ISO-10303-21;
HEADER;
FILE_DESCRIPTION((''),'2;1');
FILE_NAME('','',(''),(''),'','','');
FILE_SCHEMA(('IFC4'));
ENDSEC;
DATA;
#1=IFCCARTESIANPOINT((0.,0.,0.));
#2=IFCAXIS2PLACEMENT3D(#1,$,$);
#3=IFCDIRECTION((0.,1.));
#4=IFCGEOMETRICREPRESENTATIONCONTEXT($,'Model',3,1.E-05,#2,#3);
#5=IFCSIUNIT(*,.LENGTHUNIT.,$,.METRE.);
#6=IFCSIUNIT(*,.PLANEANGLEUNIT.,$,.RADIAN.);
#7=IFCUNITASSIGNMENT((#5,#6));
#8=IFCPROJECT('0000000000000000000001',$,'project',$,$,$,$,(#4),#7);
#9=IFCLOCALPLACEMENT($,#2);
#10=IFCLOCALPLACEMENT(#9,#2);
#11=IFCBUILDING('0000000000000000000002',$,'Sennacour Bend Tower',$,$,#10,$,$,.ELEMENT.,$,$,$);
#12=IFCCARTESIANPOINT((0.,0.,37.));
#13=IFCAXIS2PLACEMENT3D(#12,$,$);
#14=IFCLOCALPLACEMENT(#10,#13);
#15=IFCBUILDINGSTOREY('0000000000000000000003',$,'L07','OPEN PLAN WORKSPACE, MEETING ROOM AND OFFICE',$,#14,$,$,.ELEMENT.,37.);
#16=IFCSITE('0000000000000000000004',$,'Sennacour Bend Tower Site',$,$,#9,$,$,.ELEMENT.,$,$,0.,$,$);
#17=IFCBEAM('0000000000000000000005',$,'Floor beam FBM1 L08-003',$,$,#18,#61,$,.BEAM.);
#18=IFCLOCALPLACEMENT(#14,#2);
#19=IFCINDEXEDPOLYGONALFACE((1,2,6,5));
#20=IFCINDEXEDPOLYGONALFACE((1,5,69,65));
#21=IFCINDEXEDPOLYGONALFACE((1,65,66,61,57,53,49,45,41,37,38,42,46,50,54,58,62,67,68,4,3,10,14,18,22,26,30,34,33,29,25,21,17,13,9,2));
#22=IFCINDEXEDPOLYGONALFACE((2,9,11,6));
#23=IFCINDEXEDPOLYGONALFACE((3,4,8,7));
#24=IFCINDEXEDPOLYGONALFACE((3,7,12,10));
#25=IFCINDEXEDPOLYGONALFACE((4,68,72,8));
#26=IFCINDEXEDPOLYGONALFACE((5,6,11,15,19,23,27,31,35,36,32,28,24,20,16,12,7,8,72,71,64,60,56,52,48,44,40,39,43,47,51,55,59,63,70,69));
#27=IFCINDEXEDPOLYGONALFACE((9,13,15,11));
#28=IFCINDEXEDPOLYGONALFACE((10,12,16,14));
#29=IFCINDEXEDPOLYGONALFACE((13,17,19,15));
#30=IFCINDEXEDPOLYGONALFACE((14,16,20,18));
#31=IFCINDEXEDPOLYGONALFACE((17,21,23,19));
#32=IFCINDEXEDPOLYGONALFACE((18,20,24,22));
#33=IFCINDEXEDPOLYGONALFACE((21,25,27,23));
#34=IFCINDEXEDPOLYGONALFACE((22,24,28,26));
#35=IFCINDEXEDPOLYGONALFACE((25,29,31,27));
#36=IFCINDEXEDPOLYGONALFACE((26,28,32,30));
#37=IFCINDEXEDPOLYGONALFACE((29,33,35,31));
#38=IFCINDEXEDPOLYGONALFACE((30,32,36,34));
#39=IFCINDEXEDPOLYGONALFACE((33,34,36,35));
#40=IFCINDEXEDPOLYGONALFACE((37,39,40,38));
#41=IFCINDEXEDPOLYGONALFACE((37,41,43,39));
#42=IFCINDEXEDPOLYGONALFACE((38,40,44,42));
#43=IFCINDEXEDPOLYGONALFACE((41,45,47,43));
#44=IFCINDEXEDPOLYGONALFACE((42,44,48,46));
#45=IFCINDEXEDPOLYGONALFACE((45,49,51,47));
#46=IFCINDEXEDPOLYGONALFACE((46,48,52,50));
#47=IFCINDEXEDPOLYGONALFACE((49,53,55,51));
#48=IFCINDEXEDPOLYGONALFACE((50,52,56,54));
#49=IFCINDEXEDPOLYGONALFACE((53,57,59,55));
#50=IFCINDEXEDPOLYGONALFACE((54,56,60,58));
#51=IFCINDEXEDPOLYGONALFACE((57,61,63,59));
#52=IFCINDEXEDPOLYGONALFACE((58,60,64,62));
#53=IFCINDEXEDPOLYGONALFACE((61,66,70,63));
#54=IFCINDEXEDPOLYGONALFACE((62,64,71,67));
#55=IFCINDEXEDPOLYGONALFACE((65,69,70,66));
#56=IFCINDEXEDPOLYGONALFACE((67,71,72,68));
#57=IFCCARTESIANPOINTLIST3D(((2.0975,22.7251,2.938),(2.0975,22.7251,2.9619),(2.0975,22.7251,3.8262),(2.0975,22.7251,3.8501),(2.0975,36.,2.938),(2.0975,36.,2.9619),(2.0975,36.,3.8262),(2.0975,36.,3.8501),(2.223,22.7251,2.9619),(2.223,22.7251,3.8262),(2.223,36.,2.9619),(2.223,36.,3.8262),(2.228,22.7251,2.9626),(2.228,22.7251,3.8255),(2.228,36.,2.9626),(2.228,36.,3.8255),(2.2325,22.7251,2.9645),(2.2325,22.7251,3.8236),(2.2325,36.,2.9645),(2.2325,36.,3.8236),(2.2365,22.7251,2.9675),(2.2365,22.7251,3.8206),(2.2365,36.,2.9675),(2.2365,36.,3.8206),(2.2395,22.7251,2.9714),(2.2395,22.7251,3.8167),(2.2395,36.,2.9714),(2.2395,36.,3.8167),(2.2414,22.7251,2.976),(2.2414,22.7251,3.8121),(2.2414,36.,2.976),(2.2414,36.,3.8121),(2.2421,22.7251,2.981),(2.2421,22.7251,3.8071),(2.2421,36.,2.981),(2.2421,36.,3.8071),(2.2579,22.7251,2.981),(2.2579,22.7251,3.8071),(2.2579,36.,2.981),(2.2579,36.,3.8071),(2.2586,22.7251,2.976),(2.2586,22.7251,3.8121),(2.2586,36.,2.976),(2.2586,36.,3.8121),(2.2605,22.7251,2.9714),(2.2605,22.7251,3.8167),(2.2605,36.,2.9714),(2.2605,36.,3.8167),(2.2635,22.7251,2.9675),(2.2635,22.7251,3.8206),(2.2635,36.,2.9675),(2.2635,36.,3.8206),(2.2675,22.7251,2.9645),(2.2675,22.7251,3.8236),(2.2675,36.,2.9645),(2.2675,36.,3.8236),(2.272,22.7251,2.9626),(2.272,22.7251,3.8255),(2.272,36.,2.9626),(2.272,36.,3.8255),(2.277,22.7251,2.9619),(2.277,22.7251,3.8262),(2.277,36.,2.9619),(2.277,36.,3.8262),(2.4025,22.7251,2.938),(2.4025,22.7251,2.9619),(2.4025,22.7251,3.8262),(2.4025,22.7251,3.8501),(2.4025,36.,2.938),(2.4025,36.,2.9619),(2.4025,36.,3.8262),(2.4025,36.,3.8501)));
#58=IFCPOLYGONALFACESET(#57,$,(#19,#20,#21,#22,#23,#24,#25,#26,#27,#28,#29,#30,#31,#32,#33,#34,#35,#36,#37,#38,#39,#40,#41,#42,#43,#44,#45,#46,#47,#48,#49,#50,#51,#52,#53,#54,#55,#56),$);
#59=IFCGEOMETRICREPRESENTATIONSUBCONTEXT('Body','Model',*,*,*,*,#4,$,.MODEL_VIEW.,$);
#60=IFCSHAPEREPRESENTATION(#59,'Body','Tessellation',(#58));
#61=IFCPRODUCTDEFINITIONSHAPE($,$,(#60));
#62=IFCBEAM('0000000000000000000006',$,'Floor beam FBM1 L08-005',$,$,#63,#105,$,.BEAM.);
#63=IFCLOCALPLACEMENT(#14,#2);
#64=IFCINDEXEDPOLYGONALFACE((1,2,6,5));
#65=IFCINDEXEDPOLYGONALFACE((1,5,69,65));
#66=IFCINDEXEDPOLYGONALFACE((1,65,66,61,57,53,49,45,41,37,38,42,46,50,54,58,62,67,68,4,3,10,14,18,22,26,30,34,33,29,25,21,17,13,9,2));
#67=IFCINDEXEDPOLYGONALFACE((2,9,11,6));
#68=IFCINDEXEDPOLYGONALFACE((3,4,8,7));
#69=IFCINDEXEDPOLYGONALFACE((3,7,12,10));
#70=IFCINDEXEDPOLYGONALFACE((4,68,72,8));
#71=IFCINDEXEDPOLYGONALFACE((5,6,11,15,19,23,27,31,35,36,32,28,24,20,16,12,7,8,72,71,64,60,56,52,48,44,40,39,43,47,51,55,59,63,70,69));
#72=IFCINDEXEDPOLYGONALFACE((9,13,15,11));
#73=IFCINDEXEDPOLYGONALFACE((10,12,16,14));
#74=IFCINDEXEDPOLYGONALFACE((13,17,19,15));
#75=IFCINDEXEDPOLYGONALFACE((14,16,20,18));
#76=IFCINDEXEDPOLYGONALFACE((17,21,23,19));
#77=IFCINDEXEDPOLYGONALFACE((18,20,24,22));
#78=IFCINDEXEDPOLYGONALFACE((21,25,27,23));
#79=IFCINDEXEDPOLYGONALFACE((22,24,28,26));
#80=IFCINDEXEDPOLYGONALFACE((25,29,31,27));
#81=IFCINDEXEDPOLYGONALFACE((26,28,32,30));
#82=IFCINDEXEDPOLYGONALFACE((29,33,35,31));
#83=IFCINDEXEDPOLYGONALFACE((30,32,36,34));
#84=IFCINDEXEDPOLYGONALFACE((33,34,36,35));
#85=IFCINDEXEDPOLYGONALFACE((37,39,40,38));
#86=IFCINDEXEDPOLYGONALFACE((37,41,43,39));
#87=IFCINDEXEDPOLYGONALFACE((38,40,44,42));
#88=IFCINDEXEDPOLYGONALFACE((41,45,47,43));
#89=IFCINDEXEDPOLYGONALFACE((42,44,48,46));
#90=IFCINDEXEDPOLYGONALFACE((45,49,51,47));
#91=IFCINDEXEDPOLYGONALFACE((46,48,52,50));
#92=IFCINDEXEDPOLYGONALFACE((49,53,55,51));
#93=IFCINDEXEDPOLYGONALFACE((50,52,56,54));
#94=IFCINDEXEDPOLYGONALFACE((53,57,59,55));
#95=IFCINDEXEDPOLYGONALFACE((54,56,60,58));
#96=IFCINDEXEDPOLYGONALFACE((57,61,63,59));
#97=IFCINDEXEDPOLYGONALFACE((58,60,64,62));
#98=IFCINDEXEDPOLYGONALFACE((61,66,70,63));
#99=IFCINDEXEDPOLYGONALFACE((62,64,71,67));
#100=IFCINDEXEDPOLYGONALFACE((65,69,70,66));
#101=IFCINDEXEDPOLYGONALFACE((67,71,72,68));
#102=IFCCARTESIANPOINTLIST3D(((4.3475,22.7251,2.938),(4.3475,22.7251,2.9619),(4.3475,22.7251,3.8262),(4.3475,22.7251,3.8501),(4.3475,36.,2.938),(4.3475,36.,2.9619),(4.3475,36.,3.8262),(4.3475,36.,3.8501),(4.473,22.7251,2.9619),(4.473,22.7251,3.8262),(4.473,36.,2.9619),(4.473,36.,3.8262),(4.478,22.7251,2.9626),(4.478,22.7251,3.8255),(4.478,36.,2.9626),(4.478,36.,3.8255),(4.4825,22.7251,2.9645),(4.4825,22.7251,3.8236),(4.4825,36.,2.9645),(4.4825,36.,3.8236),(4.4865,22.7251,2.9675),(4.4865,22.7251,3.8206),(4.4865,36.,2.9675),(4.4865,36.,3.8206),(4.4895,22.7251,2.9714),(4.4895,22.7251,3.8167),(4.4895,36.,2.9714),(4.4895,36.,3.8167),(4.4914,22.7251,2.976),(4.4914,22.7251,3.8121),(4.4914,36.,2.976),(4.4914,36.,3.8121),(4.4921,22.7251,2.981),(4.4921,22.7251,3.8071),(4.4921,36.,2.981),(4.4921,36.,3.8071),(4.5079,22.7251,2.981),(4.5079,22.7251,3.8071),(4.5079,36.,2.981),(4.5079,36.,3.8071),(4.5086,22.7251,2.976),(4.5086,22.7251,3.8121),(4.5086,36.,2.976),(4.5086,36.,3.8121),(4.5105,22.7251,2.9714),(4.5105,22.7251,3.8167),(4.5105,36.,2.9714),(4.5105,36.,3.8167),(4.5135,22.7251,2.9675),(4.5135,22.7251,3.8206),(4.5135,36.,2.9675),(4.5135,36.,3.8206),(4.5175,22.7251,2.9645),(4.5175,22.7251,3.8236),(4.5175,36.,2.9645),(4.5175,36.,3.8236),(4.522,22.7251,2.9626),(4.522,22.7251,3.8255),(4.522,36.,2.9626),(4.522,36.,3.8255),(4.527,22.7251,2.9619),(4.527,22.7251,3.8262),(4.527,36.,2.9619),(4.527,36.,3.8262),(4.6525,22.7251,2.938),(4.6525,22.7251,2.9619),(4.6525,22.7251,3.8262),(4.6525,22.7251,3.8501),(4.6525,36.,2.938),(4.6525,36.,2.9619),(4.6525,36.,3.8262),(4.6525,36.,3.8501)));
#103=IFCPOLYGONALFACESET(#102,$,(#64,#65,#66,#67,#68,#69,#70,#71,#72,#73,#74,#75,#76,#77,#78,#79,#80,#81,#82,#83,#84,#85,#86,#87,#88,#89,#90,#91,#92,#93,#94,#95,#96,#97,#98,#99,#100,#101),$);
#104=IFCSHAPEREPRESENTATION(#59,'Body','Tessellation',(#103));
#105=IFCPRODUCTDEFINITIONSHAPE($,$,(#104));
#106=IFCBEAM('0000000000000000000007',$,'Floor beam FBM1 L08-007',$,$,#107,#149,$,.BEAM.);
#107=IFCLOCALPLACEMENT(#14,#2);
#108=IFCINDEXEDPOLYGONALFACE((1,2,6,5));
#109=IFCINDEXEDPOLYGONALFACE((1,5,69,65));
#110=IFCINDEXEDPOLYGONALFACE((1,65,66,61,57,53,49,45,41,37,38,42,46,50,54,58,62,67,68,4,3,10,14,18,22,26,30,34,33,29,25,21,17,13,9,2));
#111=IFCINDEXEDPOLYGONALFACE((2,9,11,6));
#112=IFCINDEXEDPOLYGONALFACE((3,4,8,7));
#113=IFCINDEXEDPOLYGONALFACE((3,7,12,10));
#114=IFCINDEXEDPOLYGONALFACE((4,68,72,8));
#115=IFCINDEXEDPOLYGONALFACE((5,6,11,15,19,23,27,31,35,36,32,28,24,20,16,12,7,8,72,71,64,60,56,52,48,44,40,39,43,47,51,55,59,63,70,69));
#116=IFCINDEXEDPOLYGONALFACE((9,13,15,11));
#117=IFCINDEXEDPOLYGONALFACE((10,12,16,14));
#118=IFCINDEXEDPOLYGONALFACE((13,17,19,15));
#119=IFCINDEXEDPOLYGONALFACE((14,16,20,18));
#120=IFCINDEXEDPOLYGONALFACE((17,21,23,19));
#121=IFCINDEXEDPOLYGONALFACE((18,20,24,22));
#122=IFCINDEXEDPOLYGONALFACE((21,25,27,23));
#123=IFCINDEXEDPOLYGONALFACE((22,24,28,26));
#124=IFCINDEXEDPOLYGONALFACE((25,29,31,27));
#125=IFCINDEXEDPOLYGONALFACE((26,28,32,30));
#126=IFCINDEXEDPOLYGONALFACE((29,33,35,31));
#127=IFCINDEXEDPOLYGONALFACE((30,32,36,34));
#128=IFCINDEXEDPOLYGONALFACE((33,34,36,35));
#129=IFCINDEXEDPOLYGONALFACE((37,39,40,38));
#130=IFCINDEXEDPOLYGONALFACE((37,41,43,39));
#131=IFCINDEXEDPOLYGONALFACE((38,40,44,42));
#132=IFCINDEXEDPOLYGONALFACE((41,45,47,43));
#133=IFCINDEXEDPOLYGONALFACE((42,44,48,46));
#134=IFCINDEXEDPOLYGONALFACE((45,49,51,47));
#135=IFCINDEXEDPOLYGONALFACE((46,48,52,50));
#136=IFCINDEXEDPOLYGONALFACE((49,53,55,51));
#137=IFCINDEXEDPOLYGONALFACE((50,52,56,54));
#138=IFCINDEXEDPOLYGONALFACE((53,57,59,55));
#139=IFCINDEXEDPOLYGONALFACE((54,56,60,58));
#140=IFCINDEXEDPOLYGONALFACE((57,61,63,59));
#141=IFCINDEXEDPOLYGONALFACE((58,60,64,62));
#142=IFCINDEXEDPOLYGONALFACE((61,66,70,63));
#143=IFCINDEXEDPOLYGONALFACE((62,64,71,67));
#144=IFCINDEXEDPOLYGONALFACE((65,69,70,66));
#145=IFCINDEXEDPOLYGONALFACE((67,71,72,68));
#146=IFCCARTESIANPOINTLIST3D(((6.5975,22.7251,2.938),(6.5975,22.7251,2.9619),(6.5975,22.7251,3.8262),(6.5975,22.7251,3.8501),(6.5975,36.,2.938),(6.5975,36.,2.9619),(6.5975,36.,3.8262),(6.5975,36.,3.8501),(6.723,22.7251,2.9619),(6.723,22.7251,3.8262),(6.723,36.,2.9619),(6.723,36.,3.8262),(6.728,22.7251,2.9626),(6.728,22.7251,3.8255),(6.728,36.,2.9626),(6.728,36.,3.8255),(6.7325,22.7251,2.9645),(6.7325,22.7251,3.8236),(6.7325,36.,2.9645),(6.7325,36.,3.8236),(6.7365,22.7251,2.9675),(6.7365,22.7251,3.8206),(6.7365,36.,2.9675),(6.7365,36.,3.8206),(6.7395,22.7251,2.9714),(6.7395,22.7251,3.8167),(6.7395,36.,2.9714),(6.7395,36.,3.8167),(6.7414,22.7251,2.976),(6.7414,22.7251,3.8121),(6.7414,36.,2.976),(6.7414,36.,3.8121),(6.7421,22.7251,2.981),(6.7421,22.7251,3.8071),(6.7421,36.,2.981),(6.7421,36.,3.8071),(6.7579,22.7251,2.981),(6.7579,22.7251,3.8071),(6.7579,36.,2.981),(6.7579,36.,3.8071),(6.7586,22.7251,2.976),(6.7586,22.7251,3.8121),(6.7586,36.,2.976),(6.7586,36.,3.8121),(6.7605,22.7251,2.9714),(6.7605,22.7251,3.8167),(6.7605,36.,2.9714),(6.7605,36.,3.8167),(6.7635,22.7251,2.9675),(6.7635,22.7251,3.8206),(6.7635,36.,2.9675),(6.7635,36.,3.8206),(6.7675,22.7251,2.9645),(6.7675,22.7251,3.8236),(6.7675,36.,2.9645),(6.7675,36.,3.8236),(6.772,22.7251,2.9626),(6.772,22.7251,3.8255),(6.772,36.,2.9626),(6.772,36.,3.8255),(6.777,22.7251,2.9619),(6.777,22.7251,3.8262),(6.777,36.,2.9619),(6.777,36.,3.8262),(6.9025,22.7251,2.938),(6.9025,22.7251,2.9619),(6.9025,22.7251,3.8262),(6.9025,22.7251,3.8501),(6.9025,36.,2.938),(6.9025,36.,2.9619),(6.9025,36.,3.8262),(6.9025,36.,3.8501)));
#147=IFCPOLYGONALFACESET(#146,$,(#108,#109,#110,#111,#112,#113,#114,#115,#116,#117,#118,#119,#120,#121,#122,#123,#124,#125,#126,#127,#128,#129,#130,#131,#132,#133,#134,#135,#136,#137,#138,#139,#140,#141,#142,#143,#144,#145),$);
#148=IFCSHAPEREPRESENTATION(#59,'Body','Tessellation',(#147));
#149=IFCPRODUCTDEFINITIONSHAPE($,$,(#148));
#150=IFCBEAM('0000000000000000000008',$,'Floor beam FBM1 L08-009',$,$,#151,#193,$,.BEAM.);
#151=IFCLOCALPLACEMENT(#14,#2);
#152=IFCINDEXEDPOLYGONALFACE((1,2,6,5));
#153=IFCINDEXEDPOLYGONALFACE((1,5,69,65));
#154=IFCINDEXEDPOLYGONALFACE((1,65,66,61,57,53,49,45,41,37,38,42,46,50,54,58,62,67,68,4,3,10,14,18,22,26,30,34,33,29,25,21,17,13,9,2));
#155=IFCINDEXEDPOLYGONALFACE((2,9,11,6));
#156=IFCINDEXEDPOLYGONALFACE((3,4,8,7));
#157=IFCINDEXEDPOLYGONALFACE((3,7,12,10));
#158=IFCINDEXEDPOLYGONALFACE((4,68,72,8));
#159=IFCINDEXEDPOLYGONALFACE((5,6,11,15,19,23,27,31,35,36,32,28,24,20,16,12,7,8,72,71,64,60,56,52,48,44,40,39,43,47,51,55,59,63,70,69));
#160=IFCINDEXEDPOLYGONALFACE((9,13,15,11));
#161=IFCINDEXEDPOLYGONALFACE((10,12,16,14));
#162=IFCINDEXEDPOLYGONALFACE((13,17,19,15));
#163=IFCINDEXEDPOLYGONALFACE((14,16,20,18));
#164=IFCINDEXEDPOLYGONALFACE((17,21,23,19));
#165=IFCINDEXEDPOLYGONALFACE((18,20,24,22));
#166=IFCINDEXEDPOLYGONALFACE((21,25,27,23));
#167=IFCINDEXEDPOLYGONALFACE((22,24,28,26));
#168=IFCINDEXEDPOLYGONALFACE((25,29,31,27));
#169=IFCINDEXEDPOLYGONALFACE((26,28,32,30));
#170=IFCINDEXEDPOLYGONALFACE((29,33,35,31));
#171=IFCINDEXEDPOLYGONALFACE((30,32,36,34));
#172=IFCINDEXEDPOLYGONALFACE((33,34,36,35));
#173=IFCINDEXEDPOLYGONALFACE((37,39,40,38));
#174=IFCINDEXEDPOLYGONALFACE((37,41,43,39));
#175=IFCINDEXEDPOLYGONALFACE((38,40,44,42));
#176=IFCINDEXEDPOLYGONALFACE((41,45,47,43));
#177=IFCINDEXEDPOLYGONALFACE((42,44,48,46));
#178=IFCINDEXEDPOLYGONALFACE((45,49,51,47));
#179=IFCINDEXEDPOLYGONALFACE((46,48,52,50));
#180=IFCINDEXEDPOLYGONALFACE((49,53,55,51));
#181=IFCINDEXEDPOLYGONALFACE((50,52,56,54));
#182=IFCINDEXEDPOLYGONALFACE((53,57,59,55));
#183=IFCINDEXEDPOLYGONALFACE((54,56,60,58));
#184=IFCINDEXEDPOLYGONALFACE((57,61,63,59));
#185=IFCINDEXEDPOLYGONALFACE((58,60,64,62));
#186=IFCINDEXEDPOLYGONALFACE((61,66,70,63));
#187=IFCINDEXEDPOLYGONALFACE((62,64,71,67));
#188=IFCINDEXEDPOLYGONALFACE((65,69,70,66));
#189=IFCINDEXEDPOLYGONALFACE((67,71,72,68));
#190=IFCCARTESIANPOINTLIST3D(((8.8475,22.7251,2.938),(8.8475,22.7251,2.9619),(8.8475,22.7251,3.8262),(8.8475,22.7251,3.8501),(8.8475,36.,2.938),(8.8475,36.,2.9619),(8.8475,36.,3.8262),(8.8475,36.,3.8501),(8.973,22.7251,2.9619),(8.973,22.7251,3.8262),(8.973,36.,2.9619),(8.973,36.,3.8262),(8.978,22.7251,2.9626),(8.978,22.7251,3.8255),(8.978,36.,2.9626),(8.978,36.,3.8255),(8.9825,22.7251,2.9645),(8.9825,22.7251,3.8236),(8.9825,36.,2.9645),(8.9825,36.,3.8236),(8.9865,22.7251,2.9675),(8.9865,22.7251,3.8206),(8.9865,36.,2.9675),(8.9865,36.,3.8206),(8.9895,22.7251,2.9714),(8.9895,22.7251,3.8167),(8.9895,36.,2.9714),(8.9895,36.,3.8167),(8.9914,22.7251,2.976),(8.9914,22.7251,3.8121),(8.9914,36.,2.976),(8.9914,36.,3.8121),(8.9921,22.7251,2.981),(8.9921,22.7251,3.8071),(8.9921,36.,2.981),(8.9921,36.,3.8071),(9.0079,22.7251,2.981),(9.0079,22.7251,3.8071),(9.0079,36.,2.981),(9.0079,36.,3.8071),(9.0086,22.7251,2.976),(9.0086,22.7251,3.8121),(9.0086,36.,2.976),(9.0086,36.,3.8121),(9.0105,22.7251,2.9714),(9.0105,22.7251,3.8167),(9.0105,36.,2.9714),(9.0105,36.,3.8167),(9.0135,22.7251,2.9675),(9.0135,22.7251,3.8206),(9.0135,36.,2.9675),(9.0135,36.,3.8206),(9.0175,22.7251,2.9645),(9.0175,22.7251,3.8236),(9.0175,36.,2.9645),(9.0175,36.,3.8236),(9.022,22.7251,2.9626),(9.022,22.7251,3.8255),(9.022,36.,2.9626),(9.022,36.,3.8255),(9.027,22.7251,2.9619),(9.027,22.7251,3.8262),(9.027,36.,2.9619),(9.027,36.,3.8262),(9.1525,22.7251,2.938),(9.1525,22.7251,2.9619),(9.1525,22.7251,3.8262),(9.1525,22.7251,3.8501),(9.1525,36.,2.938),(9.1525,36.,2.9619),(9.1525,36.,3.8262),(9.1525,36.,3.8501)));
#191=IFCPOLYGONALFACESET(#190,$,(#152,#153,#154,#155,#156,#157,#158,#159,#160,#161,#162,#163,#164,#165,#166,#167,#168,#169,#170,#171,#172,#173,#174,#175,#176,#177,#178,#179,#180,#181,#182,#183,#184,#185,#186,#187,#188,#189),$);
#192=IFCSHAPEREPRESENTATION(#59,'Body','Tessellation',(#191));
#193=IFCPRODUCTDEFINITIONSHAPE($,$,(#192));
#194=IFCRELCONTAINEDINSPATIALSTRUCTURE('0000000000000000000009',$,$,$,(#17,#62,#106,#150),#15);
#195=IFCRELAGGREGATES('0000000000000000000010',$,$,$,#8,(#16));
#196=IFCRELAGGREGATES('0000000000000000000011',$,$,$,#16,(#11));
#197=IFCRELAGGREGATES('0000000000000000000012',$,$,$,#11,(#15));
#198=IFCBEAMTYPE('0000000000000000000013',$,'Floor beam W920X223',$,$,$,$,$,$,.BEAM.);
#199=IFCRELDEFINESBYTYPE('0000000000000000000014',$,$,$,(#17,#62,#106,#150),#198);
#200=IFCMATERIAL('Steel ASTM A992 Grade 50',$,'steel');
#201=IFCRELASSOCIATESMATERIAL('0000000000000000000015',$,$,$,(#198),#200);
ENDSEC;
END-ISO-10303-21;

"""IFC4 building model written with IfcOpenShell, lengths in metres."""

from ifc_helpers import new_model, si_unit, direction, frame, origin, origin_2d, place, context, subcontext, project, spatial, i_section, extrude, material, material_profile, profile_set, type_object, element, save


model = new_model("IFC4")

# Units and contexts
model_context = context("Model", 3, precision=1e-05, world=origin(), true_north=direction((0.0, 1.0)))
body_context = subcontext(model_context, "Body", "Model", "MODEL_VIEW")
ifc_project = project(units=[si_unit("LENGTHUNIT", "METRE"), si_unit("PLANEANGLEUNIT", "RADIAN")], contexts=[model_context])

# Site, building, storey
site_placement = place(None, origin())
site = spatial("IfcSite", under=ifc_project, at=site_placement, Name="Sennacour Bend Tower Site", CompositionType="ELEMENT", RefElevation=0.0)
building_placement = place(site_placement, origin())
building = spatial("IfcBuilding", under=site, at=building_placement, Name="Sennacour Bend Tower", CompositionType="ELEMENT")
storey_placement = place(building_placement, frame((0.0, 0.0, 37.0)))
storey = spatial("IfcBuildingStorey", under=building, at=storey_placement, Name="L07", Description="OPEN PLAN WORKSPACE, MEETING ROOM AND OFFICE", CompositionType="ELEMENT", Elevation=37.0)

# Beams
ifc_material_1 = material(Name="Steel ASTM A992 Grade 50", Category="steel")
ifc_material_profile = material_profile(ifc_material_1, i_section(OverallWidth=0.3049, OverallDepth=0.9121, WebThickness=0.0159, FlangeThickness=0.0239, FilletRadius=0.019, at=origin_2d()), Name="Steel ASTM A992 Grade 50", Category="steel")
ifc_profile_set = profile_set([ifc_material_profile], Name="Steel ASTM A992 Grade 50")
beam_type = type_object("IfcBeamType", Name="Floor beam W920X223", PredefinedType="BEAM", material=ifc_profile_set)
for number, where, z_axis, x_axis, name in (
    (1, (2.25, 22.7251, 3.394), (0.0, 1.0, 0.0), (-1.0, 0.0, 0.0), "Floor beam FBM1 L08-003"),
    (2, (4.5, 22.7251, 3.394), (0.0, 1.0, 0.0), (-1.0, 0.0, 0.0), "Floor beam FBM1 L08-005"),
    (3, (6.75, 22.7251, 3.394), (0.0, 1.0, 0.0), (-1.0, 0.0, 0.0), "Floor beam FBM1 L08-007"),
    (4, (9.0, 22.7251, 3.394), (0.0, 1.0, 0.0), (-1.0, 0.0, 0.0), "Floor beam FBM1 L08-009"),
):
    element("IfcBeam", number, at=place(storey_placement, frame(where, z_axis=z_axis, x_axis=x_axis)), inside=storey, type_object=beam_type, Name=name, PredefinedType="BEAM", context=body_context, shape_type="SweptSolid", body=[
        extrude(i_section(OverallWidth=0.3049, OverallDepth=0.9121, WebThickness=0.0159, FlangeThickness=0.0239, FilletRadius=0.019, at=origin_2d()), origin(), (0.0, 0.0, 1.0), 13.2749),
    ])

save(model, "model.ifc")
